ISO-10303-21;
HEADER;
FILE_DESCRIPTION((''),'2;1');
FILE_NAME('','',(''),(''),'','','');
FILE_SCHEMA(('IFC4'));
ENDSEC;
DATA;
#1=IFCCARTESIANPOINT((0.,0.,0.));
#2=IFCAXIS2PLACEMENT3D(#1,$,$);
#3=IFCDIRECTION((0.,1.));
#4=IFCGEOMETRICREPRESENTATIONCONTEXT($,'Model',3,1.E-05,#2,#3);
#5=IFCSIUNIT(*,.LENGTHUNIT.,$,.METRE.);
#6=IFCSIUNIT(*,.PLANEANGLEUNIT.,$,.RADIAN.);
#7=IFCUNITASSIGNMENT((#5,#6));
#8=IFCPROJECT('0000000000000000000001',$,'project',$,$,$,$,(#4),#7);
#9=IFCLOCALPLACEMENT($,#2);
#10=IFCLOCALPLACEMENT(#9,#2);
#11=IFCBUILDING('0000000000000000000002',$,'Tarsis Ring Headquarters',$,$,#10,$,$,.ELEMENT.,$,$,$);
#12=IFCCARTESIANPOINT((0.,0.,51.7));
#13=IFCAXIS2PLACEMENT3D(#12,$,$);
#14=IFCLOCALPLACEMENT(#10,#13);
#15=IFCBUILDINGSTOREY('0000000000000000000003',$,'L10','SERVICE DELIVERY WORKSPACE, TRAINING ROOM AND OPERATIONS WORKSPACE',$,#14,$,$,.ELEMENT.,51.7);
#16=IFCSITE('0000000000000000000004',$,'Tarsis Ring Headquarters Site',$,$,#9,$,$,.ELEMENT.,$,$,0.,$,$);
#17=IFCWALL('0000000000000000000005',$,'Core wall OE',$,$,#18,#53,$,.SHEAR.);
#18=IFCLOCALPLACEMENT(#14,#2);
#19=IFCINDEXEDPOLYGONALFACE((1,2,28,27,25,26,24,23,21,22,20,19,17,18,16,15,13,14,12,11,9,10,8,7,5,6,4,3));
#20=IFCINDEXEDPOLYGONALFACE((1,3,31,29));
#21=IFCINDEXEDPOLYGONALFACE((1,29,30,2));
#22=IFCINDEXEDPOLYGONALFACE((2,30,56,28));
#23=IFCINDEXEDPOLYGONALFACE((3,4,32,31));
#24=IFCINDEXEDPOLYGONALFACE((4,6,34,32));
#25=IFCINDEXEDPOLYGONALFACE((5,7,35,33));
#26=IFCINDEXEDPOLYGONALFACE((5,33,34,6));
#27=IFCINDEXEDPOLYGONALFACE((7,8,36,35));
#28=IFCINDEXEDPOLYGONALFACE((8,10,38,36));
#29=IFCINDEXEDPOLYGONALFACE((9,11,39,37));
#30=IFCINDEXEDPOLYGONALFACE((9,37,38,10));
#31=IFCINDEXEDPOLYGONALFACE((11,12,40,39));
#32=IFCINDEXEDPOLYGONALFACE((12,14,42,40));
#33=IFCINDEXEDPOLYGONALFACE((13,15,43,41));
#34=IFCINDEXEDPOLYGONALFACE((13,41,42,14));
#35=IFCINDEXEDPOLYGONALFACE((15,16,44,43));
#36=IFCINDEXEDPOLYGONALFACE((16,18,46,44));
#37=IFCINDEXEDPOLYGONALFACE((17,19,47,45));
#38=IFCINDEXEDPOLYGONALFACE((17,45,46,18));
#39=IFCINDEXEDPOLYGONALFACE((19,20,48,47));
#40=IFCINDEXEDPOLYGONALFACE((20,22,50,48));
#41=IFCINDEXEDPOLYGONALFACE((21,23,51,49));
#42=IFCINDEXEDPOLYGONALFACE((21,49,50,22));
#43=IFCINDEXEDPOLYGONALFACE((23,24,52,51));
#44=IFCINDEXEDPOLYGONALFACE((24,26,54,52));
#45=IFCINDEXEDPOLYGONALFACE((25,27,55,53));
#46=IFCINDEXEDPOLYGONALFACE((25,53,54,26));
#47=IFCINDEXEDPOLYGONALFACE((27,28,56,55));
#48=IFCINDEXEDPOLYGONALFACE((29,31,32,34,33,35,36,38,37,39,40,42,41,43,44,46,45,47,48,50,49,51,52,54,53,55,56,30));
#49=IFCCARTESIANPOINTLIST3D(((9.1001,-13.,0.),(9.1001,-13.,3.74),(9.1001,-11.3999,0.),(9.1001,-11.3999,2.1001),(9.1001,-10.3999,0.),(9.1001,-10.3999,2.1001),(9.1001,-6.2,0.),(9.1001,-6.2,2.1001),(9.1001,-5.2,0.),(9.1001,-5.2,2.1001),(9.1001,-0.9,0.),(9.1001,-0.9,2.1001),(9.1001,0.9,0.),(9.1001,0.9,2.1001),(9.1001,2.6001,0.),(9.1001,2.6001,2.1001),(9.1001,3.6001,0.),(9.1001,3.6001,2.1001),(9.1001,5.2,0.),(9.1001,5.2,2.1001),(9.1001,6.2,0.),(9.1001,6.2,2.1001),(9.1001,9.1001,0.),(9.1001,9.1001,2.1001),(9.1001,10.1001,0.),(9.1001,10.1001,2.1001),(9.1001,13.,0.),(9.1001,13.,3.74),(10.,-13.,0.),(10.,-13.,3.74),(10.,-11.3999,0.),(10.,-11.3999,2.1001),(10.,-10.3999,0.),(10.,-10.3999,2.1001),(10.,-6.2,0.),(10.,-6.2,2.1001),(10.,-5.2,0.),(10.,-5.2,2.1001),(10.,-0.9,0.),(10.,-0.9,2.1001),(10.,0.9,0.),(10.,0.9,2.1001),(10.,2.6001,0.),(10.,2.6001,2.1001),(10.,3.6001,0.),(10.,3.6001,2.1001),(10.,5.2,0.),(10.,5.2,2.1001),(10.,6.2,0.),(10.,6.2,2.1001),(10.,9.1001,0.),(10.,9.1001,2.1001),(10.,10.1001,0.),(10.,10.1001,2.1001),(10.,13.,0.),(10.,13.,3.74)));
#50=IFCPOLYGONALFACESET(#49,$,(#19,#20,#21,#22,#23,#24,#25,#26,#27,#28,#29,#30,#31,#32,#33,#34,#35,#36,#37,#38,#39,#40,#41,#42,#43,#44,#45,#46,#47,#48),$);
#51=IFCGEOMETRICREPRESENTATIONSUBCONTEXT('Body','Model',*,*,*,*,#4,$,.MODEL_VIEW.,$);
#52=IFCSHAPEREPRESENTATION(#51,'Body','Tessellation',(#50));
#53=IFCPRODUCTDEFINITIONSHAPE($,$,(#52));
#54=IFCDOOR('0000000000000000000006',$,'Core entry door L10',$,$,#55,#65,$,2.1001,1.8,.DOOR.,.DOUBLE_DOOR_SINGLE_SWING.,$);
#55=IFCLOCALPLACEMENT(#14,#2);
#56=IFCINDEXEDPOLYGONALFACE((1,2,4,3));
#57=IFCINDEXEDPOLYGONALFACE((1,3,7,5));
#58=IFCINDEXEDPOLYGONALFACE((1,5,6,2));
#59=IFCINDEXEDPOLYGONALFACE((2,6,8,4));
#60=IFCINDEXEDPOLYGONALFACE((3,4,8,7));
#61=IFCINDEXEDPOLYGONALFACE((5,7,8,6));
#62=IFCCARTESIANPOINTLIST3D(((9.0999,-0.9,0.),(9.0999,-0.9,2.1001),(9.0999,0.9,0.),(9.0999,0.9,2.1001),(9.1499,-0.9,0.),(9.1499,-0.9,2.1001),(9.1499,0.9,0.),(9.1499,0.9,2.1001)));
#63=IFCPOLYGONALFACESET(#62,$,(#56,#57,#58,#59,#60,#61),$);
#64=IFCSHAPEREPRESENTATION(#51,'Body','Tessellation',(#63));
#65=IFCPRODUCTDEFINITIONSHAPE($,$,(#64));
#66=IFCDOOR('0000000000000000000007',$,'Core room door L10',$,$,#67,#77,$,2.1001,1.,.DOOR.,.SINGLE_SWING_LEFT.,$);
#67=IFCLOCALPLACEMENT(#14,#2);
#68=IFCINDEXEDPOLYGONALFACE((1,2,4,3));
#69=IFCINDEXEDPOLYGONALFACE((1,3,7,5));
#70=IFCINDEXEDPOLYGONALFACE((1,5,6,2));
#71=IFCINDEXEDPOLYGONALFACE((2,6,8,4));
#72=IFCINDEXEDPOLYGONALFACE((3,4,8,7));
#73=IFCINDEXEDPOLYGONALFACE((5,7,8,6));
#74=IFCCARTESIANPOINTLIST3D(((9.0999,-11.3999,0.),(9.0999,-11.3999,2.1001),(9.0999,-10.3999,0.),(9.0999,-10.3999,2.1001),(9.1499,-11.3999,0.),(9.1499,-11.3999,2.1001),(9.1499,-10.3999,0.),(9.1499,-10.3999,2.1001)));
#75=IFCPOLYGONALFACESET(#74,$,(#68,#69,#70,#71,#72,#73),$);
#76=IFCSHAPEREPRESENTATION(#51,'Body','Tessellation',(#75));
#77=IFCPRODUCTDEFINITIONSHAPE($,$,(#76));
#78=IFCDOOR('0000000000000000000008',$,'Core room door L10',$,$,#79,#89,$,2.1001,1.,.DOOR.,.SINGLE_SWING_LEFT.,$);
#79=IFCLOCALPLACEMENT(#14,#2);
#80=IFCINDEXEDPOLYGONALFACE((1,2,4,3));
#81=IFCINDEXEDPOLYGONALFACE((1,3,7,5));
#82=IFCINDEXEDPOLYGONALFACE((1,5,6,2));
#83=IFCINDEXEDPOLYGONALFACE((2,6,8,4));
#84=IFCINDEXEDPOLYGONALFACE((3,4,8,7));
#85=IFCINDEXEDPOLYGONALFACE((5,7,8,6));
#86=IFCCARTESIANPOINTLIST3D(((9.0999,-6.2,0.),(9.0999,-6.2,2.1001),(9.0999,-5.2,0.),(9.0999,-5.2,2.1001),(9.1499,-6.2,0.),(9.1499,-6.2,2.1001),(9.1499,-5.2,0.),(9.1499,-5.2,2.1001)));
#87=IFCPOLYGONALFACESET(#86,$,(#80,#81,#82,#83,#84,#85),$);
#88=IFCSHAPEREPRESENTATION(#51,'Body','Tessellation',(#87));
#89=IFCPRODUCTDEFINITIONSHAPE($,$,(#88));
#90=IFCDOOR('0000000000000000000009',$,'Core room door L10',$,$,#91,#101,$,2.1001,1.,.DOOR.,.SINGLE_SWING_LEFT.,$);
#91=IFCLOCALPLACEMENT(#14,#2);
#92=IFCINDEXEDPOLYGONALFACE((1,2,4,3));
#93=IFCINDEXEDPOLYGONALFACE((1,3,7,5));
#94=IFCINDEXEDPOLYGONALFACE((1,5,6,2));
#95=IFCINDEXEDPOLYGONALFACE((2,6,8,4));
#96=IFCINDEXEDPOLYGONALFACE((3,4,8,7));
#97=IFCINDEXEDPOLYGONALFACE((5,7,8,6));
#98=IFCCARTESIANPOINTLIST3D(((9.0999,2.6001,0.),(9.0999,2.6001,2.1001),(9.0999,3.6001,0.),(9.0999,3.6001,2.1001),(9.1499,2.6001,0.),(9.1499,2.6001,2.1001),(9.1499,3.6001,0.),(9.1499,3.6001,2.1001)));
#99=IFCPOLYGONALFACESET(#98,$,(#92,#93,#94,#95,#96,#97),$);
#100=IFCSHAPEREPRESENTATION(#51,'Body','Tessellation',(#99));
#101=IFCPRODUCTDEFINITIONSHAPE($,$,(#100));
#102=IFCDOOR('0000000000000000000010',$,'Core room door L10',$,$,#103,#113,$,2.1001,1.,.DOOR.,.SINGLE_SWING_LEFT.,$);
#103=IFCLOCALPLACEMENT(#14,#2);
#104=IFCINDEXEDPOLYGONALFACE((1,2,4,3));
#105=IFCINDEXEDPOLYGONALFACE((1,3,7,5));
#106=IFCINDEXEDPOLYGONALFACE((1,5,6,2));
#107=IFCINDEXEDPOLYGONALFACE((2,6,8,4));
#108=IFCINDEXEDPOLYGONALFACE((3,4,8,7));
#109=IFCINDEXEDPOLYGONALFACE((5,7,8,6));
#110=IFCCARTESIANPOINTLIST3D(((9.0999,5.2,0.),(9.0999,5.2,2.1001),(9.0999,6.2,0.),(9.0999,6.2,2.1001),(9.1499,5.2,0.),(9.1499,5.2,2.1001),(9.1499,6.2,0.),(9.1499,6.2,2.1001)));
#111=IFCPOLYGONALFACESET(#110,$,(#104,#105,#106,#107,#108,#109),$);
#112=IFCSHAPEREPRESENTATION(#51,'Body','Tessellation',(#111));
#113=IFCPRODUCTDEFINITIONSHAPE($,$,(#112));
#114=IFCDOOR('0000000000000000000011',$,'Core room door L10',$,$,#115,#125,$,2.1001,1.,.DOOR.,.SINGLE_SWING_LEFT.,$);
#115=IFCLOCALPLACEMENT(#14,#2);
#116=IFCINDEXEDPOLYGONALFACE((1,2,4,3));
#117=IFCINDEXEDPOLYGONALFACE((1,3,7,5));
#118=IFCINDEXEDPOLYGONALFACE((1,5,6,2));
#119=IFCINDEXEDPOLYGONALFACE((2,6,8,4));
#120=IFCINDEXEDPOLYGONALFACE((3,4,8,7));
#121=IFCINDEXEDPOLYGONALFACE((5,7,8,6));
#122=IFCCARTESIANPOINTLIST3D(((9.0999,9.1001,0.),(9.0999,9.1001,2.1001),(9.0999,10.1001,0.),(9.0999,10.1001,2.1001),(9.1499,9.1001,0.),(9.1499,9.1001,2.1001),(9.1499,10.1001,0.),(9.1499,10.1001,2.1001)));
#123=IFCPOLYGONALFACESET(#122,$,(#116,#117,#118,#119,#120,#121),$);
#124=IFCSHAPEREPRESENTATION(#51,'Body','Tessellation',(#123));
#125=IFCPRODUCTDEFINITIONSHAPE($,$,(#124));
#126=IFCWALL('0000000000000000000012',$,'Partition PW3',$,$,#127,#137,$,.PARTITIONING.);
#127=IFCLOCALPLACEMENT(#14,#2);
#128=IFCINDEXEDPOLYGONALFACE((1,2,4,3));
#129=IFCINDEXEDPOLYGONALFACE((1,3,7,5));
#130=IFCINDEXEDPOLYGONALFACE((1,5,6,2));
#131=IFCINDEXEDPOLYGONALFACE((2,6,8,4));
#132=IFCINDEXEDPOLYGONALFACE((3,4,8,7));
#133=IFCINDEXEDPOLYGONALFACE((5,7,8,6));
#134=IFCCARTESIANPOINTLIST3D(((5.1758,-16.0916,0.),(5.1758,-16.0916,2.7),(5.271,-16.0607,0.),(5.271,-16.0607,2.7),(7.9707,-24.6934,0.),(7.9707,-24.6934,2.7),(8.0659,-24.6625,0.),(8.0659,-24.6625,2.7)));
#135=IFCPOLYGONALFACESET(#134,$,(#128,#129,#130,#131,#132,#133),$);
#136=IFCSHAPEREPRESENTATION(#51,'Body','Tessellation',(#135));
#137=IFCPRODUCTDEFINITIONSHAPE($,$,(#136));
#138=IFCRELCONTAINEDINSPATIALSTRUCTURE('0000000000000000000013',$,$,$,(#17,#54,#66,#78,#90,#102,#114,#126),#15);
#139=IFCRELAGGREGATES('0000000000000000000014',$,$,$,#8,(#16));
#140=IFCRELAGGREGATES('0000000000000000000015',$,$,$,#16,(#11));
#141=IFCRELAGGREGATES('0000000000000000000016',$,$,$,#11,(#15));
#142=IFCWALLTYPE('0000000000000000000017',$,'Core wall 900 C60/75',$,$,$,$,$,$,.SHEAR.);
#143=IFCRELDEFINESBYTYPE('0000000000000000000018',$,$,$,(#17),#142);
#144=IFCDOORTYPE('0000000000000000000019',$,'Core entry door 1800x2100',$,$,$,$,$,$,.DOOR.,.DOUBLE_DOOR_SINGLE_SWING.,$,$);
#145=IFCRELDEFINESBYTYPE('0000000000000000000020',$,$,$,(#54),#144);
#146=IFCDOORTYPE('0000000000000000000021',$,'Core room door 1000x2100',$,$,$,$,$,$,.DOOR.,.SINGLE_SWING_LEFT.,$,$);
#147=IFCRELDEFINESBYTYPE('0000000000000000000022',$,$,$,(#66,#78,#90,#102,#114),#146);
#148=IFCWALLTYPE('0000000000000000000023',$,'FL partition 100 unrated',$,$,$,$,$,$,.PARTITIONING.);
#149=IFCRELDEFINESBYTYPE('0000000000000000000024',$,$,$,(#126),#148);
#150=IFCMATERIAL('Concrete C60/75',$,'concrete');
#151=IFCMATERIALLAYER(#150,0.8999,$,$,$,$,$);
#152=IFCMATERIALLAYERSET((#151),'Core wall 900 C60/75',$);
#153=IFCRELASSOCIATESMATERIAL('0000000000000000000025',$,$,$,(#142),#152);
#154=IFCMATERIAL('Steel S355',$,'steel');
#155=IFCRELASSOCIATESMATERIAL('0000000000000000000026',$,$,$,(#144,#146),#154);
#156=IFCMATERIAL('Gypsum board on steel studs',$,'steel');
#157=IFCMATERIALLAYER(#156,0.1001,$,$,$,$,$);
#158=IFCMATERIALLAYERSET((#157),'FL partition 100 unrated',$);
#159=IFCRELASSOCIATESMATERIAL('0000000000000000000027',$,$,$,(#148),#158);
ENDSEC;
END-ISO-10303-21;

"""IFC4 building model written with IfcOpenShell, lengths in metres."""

from ifc_helpers import new_model, si_unit, direction, frame, frame_2d, origin, place, context, subcontext, project, spatial, rectangle, extrude, material, layer, layer_set, type_object, element, fill, save


model = new_model("IFC4")

# Units and contexts
model_context = context("Model", 3, precision=1e-05, world=origin(), true_north=direction((0.0, 1.0)))
body_context = subcontext(model_context, "Body", "Model", "MODEL_VIEW")
ifc_project = project(units=[si_unit("LENGTHUNIT", "METRE"), si_unit("PLANEANGLEUNIT", "RADIAN")], contexts=[model_context])

# Site, building, storey
site_placement = place(None, origin())
site = spatial("IfcSite", under=ifc_project, at=site_placement, Name="Tarsis Ring Headquarters Site", CompositionType="ELEMENT", RefElevation=0.0)
building_placement = place(site_placement, origin())
building = spatial("IfcBuilding", under=site, at=building_placement, Name="Tarsis Ring Headquarters", CompositionType="ELEMENT")
storey_placement = place(building_placement, frame((0.0, 0.0, 51.7)))
storey = spatial("IfcBuildingStorey", under=building, at=storey_placement, Name="L10", Description="SERVICE DELIVERY WORKSPACE, TRAINING ROOM AND OPERATIONS WORKSPACE", CompositionType="ELEMENT", Elevation=51.7)

# Wall, openings, doors
ifc_material_1 = material(Name="Concrete C60/75", Category="concrete")
ifc_layer_1 = layer(ifc_material_1, 0.8999)
ifc_layer_set_1 = layer_set([ifc_layer_1], Name="Core wall 900 C60/75")
wall_type_1 = type_object("IfcWallType", Name="Core wall 900 C60/75", PredefinedType="SHEAR", material=ifc_layer_set_1)
wall_1_placement = place(storey_placement, frame((9.55, -13.0, 0.0), z_axis=(0.0, 0.0, 1.0), x_axis=(0.0, 1.0, 0.0)))
wall_1 = element("IfcWall", 1, at=wall_1_placement, inside=storey, type_object=wall_type_1, Name="Core wall OE", PredefinedType="SHEAR", context=body_context, shape_type="SweptSolid", body=[
    extrude(rectangle(XDim=26.0, YDim=0.8999, at=frame_2d((13.0, 0.0))), origin(), (0.0, 0.0, 1.0), 3.74),
])
opening_1_placement = place(wall_1_placement, frame((1.6001, 0.0, 0.0)))
opening_1 = element("IfcOpeningElement", 2, at=opening_1_placement, cuts=wall_1, PredefinedType="OPENING", context=body_context, shape_type="SweptSolid", body=[
    extrude(rectangle(XDim=1.0, YDim=2.1001, at=frame_2d((0.5, 1.05))), frame((0.0, 0.46, 0.0), z_axis=(0.0, -1.0, 0.0), x_axis=(1.0, 0.0, 0.0)), (0.0, 0.0, 1.0), 0.9199),
])
opening_2_placement = place(wall_1_placement, frame((6.8, 0.0, 0.0)))
opening_2 = element("IfcOpeningElement", 3, at=opening_2_placement, cuts=wall_1, PredefinedType="OPENING", context=body_context, shape_type="SweptSolid", body=[
    extrude(rectangle(XDim=1.0, YDim=2.1001, at=frame_2d((0.5, 1.05))), frame((0.0, 0.46, 0.0), z_axis=(0.0, -1.0, 0.0), x_axis=(1.0, 0.0, 0.0)), (0.0, 0.0, 1.0), 0.9199),
])
opening_3_placement = place(wall_1_placement, frame((12.1001, 0.0, 0.0)))
opening_3 = element("IfcOpeningElement", 4, at=opening_3_placement, cuts=wall_1, PredefinedType="OPENING", context=body_context, shape_type="SweptSolid", body=[
    extrude(rectangle(XDim=1.8, YDim=2.1001, at=frame_2d((0.8999, 1.05))), frame((0.0, 0.46, 0.0), z_axis=(0.0, -1.0, 0.0), x_axis=(1.0, 0.0, 0.0)), (0.0, 0.0, 1.0), 0.9199),
])
opening_4_placement = place(wall_1_placement, frame((15.6001, 0.0, 0.0)))
opening_4 = element("IfcOpeningElement", 5, at=opening_4_placement, cuts=wall_1, PredefinedType="OPENING", context=body_context, shape_type="SweptSolid", body=[
    extrude(rectangle(XDim=1.0, YDim=2.1001, at=frame_2d((0.5, 1.05))), frame((0.0, 0.46, 0.0), z_axis=(0.0, -1.0, 0.0), x_axis=(1.0, 0.0, 0.0)), (0.0, 0.0, 1.0), 0.9199),
])
opening_5_placement = place(wall_1_placement, frame((18.2, 0.0, 0.0)))
opening_5 = element("IfcOpeningElement", 6, at=opening_5_placement, cuts=wall_1, PredefinedType="OPENING", context=body_context, shape_type="SweptSolid", body=[
    extrude(rectangle(XDim=1.0, YDim=2.1001, at=frame_2d((0.5, 1.05))), frame((0.0, 0.46, 0.0), z_axis=(0.0, -1.0, 0.0), x_axis=(1.0, 0.0, 0.0)), (0.0, 0.0, 1.0), 0.9199),
])
opening_6_placement = place(wall_1_placement, frame((22.1001, 0.0, 0.0)))
opening_6 = element("IfcOpeningElement", 7, at=opening_6_placement, cuts=wall_1, PredefinedType="OPENING", context=body_context, shape_type="SweptSolid", body=[
    extrude(rectangle(XDim=1.0, YDim=2.1001, at=frame_2d((0.5, 1.05))), frame((0.0, 0.46, 0.0), z_axis=(0.0, -1.0, 0.0), x_axis=(1.0, 0.0, 0.0)), (0.0, 0.0, 1.0), 0.9199),
])
ifc_material_2 = material(Name="Steel S355", Category="steel")
door_type_1 = type_object("IfcDoorType", Name="Core entry door 1800x2100", OperationType="DOUBLE_DOOR_SINGLE_SWING", PredefinedType="DOOR", material=ifc_material_2)
door_1_placement = place(opening_3_placement, origin())
door_1 = element("IfcDoor", 8, at=door_1_placement, inside=storey, type_object=door_type_1, Name="Core entry door L10", OperationType="DOUBLE_DOOR_SINGLE_SWING", OverallHeight=2.1001, OverallWidth=1.8, PredefinedType="DOOR", context=body_context, shape_type="SweptSolid", body=[
    extrude(rectangle(XDim=1.8, YDim=2.1001, at=frame_2d((0.8999, 1.05))), frame((0.0, 0.4502, 0.0), z_axis=(0.0, -1.0, 0.0), x_axis=(1.0, 0.0, 0.0)), (0.0, 0.0, 1.0), 0.05),
])
fill(opening_3, door_1)
door_type_2 = type_object("IfcDoorType", Name="Core room door 1000x2100", OperationType="SINGLE_SWING_LEFT", PredefinedType="DOOR", material=ifc_material_2)
door_2_placement = place(opening_1_placement, origin())
door_2 = element("IfcDoor", 9, at=door_2_placement, inside=storey, type_object=door_type_2, Name="Core room door L10", OperationType="SINGLE_SWING_LEFT", OverallHeight=2.1001, OverallWidth=1.0, PredefinedType="DOOR", context=body_context, shape_type="SweptSolid", body=[
    extrude(rectangle(XDim=1.0, YDim=2.1001, at=frame_2d((0.5, 1.05))), frame((0.0, 0.4502, 0.0), z_axis=(0.0, -1.0, 0.0), x_axis=(1.0, 0.0, 0.0)), (0.0, 0.0, 1.0), 0.05),
])
fill(opening_1, door_2)
door_3_placement = place(opening_2_placement, origin())
door_3 = element("IfcDoor", 10, at=door_3_placement, inside=storey, type_object=door_type_2, Name="Core room door L10", OperationType="SINGLE_SWING_LEFT", OverallHeight=2.1001, OverallWidth=1.0, PredefinedType="DOOR", context=body_context, shape_type="SweptSolid", body=[
    extrude(rectangle(XDim=1.0, YDim=2.1001, at=frame_2d((0.5, 1.05))), frame((0.0, 0.4502, 0.0), z_axis=(0.0, -1.0, 0.0), x_axis=(1.0, 0.0, 0.0)), (0.0, 0.0, 1.0), 0.05),
])
fill(opening_2, door_3)
door_4_placement = place(opening_4_placement, origin())
door_4 = element("IfcDoor", 11, at=door_4_placement, inside=storey, type_object=door_type_2, Name="Core room door L10", OperationType="SINGLE_SWING_LEFT", OverallHeight=2.1001, OverallWidth=1.0, PredefinedType="DOOR", context=body_context, shape_type="SweptSolid", body=[
    extrude(rectangle(XDim=1.0, YDim=2.1001, at=frame_2d((0.5, 1.05))), frame((0.0, 0.4502, 0.0), z_axis=(0.0, -1.0, 0.0), x_axis=(1.0, 0.0, 0.0)), (0.0, 0.0, 1.0), 0.05),
])
fill(opening_4, door_4)
door_5_placement = place(opening_5_placement, origin())
door_5 = element("IfcDoor", 12, at=door_5_placement, inside=storey, type_object=door_type_2, Name="Core room door L10", OperationType="SINGLE_SWING_LEFT", OverallHeight=2.1001, OverallWidth=1.0, PredefinedType="DOOR", context=body_context, shape_type="SweptSolid", body=[
    extrude(rectangle(XDim=1.0, YDim=2.1001, at=frame_2d((0.5, 1.05))), frame((0.0, 0.4502, 0.0), z_axis=(0.0, -1.0, 0.0), x_axis=(1.0, 0.0, 0.0)), (0.0, 0.0, 1.0), 0.05),
])
fill(opening_5, door_5)
door_6_placement = place(opening_6_placement, origin())
door_6 = element("IfcDoor", 13, at=door_6_placement, inside=storey, type_object=door_type_2, Name="Core room door L10", OperationType="SINGLE_SWING_LEFT", OverallHeight=2.1001, OverallWidth=1.0, PredefinedType="DOOR", context=body_context, shape_type="SweptSolid", body=[
    extrude(rectangle(XDim=1.0, YDim=2.1001, at=frame_2d((0.5, 1.05))), frame((0.0, 0.4502, 0.0), z_axis=(0.0, -1.0, 0.0), x_axis=(1.0, 0.0, 0.0)), (0.0, 0.0, 1.0), 0.05),
])
fill(opening_6, door_6)

# Wall
ifc_material_3 = material(Name="Gypsum board on steel studs", Category="steel")
ifc_layer_2 = layer(ifc_material_3, 0.1001)
ifc_layer_set_2 = layer_set([ifc_layer_2], Name="FL partition 100 unrated")
wall_type_2 = type_object("IfcWallType", Name="FL partition 100 unrated", PredefinedType="PARTITIONING", material=ifc_layer_set_2)
wall_2_placement = place(storey_placement, frame((5.2234, -16.0762, 0.0), z_axis=(0.0, 0.0, 1.0), x_axis=(0.30902, -0.951056, 0.0)))
element("IfcWall", 14, at=wall_2_placement, inside=storey, type_object=wall_type_2, Name="Partition PW3", PredefinedType="PARTITIONING", context=body_context, shape_type="SweptSolid", body=[
    extrude(rectangle(XDim=9.0444, YDim=0.1001, at=frame_2d((4.5222, 0.0))), origin(), (0.0, 0.0, 1.0), 2.7),
])

save(model, "model.ifc")
